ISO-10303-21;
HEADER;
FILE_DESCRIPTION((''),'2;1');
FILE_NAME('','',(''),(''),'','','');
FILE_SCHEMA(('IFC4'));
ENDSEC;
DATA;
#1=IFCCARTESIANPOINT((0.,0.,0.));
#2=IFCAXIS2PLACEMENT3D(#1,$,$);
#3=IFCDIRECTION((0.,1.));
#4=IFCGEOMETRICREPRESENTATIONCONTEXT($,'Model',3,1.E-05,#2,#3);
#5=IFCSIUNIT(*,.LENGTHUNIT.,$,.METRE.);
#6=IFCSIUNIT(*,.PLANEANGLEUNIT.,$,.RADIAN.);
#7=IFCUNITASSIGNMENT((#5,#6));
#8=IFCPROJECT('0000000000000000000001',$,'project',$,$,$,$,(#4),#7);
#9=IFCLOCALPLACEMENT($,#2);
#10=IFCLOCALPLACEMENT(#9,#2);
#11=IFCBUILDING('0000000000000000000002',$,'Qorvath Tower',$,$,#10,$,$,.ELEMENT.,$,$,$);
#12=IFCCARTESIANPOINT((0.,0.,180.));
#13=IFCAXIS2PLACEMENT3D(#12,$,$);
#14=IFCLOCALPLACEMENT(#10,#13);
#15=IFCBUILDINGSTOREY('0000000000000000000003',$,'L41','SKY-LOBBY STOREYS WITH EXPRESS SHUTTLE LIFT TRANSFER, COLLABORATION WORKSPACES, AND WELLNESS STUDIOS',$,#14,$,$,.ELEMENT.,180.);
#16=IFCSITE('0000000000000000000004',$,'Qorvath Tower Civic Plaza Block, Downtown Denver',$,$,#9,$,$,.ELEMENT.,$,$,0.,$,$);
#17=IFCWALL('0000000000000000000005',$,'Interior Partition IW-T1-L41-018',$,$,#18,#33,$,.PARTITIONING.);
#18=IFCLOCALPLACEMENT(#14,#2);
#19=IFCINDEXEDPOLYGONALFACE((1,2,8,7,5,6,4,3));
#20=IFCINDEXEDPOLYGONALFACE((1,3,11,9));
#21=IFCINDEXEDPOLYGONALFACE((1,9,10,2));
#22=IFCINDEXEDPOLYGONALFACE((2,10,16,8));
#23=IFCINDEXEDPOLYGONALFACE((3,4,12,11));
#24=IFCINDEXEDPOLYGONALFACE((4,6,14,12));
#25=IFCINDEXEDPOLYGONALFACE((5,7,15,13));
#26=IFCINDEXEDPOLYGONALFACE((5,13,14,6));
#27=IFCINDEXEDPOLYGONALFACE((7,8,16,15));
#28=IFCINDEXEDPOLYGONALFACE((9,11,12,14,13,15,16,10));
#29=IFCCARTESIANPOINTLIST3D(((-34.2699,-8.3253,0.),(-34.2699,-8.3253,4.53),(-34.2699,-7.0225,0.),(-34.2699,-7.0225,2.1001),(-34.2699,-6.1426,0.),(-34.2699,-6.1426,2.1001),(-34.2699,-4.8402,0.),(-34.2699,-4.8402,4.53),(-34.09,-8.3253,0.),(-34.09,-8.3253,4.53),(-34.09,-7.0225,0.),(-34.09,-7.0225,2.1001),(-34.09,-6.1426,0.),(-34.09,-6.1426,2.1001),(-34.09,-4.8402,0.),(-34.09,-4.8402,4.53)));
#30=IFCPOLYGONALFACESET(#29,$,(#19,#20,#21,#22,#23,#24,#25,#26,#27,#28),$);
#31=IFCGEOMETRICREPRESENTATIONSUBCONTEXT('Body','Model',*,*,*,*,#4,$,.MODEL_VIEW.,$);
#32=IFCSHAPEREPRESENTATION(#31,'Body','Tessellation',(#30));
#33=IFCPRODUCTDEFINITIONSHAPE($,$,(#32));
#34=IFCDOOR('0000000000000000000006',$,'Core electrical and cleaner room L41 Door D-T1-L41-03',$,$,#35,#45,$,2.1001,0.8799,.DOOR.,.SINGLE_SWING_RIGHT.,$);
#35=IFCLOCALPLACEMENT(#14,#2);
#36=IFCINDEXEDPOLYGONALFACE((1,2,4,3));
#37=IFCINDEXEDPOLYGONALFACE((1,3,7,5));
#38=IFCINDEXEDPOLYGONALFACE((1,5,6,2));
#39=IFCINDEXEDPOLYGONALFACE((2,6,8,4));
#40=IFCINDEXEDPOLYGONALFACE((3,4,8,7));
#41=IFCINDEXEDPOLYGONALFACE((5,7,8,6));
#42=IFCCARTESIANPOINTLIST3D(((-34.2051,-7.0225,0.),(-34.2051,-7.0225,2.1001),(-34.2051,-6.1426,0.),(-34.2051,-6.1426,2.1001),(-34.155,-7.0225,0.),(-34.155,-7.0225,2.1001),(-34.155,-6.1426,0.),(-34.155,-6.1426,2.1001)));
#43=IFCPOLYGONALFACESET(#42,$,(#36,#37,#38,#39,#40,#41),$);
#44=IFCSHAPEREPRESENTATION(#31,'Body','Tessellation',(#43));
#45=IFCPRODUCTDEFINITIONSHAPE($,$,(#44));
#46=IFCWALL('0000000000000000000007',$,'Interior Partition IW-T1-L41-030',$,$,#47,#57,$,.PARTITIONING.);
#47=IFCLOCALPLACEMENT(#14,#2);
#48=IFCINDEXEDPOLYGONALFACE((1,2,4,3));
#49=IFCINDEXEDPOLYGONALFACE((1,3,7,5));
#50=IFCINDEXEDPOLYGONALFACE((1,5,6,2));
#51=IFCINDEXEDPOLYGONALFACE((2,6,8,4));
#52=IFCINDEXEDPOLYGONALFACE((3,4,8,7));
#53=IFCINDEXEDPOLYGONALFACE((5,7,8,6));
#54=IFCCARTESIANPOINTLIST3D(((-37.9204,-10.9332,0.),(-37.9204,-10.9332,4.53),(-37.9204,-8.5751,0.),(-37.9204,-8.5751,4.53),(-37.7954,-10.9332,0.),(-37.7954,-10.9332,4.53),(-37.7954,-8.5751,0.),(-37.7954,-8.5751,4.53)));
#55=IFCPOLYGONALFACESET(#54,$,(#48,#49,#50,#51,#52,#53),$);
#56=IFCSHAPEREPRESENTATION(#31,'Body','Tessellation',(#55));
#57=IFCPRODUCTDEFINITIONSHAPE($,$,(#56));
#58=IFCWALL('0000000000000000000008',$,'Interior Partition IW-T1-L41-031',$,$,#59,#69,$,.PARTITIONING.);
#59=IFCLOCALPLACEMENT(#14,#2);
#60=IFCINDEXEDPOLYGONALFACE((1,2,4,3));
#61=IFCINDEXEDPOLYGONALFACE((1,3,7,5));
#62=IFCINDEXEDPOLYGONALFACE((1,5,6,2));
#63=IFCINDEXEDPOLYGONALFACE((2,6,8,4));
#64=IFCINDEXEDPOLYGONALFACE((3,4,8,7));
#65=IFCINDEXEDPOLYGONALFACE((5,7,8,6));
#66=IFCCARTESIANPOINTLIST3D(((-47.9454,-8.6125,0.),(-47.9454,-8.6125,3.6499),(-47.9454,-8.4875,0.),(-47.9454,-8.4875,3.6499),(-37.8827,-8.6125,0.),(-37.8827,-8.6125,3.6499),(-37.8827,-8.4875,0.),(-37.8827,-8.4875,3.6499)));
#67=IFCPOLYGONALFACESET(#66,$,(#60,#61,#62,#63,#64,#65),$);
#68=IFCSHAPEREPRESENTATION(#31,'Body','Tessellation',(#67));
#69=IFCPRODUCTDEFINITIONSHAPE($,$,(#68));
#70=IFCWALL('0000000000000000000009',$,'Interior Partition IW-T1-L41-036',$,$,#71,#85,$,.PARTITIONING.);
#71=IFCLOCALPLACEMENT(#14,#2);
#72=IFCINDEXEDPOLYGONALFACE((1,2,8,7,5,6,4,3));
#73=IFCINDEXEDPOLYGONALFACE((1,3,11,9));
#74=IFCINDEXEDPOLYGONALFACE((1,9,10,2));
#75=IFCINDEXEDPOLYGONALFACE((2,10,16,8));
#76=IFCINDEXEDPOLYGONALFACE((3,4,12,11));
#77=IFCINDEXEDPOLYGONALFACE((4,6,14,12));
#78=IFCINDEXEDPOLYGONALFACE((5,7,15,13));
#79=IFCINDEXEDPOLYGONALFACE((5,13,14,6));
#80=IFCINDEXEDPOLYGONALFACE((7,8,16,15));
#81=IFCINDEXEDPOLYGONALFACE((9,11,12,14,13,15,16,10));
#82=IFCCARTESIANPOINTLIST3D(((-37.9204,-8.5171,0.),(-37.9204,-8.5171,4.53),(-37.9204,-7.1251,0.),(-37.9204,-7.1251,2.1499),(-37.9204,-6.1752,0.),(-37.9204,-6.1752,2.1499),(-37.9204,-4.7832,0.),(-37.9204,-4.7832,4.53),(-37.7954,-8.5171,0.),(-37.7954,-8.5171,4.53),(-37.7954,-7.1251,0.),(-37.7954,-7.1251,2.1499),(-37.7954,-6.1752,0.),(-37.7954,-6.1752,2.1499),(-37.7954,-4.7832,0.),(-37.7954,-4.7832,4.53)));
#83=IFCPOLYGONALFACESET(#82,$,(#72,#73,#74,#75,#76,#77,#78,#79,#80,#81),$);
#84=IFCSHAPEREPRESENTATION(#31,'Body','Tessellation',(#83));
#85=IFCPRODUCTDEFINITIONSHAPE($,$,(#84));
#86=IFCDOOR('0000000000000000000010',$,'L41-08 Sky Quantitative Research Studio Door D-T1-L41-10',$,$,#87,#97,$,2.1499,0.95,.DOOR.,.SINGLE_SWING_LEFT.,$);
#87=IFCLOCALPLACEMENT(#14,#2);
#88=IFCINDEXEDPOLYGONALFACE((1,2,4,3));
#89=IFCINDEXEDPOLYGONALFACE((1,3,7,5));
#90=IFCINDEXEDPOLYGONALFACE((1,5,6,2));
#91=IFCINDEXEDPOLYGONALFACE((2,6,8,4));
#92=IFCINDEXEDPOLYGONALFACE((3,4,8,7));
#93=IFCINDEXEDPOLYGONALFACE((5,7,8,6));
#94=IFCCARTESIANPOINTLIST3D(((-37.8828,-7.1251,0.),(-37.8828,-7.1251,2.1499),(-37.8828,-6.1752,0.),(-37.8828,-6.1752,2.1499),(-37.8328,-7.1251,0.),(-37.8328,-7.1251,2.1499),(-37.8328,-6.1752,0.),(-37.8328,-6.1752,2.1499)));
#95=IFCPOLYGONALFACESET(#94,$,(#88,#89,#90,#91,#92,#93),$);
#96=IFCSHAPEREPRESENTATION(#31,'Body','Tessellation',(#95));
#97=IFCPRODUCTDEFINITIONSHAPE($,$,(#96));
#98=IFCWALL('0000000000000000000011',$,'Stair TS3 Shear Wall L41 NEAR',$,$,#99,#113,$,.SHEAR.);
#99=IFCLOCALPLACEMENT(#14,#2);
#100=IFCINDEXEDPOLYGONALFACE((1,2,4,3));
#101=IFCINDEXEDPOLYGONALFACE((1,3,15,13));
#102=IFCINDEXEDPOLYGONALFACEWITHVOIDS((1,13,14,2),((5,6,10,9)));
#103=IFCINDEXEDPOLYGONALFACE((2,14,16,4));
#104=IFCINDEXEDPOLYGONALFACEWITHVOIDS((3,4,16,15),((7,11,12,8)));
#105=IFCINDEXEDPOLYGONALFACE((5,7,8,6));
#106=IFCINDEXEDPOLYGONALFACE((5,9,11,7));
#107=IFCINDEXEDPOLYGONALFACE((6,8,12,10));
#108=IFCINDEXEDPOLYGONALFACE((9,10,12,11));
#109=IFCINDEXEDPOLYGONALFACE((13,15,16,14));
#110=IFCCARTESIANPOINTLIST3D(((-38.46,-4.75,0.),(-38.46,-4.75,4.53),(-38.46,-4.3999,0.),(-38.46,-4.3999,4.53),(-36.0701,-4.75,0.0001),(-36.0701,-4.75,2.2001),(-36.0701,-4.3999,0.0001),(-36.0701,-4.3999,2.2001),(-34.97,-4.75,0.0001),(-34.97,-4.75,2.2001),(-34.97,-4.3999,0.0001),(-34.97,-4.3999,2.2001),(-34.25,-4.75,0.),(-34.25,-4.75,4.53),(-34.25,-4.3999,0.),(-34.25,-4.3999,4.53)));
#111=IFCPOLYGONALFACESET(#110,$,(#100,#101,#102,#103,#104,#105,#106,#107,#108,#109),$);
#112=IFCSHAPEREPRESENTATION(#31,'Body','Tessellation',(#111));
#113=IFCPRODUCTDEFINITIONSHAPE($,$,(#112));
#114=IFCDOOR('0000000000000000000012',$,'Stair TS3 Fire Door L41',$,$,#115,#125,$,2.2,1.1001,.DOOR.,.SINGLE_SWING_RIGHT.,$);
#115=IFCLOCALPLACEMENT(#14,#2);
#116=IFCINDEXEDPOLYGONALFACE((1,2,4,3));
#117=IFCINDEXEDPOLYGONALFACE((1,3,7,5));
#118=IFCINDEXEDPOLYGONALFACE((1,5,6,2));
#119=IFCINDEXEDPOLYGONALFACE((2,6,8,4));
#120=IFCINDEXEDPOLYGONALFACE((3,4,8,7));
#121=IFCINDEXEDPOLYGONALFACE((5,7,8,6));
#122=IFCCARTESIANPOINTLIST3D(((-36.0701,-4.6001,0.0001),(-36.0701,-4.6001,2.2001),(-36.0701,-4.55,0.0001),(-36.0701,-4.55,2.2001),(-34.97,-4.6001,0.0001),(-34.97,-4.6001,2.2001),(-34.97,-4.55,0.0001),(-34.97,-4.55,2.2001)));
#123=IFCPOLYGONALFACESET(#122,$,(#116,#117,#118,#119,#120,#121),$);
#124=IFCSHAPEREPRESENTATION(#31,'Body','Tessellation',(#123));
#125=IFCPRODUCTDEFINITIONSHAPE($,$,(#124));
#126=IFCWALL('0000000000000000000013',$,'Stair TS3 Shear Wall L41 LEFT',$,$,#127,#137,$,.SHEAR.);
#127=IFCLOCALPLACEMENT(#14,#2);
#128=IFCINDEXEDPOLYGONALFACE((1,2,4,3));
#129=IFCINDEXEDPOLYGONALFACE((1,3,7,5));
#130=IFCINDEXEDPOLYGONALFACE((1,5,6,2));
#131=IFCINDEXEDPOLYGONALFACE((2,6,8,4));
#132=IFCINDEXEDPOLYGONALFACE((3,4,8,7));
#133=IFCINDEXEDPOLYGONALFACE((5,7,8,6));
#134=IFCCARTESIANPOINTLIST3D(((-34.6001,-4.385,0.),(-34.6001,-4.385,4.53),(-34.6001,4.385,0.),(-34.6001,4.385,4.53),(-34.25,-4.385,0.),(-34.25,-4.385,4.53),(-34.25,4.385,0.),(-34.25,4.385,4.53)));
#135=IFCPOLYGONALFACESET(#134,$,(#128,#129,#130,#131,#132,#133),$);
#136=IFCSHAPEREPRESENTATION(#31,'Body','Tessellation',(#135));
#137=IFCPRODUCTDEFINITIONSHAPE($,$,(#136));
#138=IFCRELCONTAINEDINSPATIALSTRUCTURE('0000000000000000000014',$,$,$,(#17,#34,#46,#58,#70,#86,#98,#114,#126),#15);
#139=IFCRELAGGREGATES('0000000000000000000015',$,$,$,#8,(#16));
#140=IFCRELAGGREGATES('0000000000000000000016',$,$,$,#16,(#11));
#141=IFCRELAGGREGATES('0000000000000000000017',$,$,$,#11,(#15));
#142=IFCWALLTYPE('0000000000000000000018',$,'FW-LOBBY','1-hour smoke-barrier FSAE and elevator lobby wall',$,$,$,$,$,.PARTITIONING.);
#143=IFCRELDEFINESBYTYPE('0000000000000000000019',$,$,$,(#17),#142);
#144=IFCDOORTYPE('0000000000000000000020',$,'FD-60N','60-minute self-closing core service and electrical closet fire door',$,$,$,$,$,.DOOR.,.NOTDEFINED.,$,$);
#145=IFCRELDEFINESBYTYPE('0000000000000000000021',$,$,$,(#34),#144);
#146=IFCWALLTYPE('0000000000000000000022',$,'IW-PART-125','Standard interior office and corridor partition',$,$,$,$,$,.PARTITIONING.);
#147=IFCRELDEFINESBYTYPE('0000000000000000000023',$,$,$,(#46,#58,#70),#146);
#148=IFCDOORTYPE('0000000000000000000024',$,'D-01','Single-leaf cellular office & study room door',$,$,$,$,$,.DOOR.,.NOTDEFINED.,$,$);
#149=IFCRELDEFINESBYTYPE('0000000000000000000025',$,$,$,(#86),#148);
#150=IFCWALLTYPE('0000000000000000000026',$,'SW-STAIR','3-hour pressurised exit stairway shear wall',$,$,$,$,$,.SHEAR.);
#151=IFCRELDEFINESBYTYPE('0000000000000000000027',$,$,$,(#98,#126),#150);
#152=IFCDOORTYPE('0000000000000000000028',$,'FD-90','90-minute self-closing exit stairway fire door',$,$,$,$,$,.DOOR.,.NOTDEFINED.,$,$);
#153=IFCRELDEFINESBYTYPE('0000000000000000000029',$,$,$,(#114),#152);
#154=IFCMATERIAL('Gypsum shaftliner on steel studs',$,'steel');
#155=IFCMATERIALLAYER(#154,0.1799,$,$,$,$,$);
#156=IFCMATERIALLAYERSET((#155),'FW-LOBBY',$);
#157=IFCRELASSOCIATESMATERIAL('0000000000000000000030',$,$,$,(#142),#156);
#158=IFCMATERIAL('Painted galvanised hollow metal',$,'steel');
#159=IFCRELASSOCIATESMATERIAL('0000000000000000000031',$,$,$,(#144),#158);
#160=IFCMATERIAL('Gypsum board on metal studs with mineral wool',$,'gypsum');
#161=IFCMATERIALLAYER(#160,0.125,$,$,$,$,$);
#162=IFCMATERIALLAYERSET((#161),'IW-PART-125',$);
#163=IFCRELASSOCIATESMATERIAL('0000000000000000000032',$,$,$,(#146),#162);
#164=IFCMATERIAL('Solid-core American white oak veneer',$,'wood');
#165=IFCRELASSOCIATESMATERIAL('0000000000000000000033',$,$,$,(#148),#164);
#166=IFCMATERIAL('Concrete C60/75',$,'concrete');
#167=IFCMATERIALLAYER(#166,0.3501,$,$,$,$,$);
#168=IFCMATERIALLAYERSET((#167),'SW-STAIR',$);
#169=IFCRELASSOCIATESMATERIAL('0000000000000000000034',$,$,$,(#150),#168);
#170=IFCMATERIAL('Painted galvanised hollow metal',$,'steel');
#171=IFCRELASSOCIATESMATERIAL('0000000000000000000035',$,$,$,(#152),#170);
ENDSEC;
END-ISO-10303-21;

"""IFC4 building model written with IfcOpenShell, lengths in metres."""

from ifc_helpers import new_model, si_unit, direction, frame, frame_2d, origin, place, context, subcontext, project, spatial, rectangle, extrude, material, layer, layer_set, type_object, element, fill, save


model = new_model("IFC4")

# Units and contexts
model_context = context("Model", 3, precision=1e-05, world=origin(), true_north=direction((0.0, 1.0)))
body_context = subcontext(model_context, "Body", "Model", "MODEL_VIEW")
ifc_project = project(units=[si_unit("LENGTHUNIT", "METRE"), si_unit("PLANEANGLEUNIT", "RADIAN")], contexts=[model_context])

# Site, building, storey
site_placement = place(None, origin())
site = spatial("IfcSite", under=ifc_project, at=site_placement, Name="Qorvath Tower Civic Plaza Block, Downtown Denver", CompositionType="ELEMENT", RefElevation=0.0)
building_placement = place(site_placement, origin())
building = spatial("IfcBuilding", under=site, at=building_placement, Name="Qorvath Tower", CompositionType="ELEMENT")
storey_placement = place(building_placement, frame((0.0, 0.0, 180.0)))
storey = spatial("IfcBuildingStorey", under=building, at=storey_placement, Name="L41", Description="SKY-LOBBY STOREYS WITH EXPRESS SHUTTLE LIFT TRANSFER, COLLABORATION WORKSPACES, AND WELLNESS STUDIOS", CompositionType="ELEMENT", Elevation=180.0)

# Shared definitions
ifc_material_1 = material(Name="Gypsum shaftliner on steel studs", Category="steel")
ifc_layer_1 = layer(ifc_material_1, 0.1799)
ifc_layer_set_1 = layer_set([ifc_layer_1], Name="FW-LOBBY")
wall_type_1 = type_object("IfcWallType", Name="FW-LOBBY", Description="1-hour smoke-barrier FSAE and elevator lobby wall", PredefinedType="PARTITIONING", material=ifc_layer_set_1)

# Wall, opening, door
wall_1_placement = place(storey_placement, frame((-34.1799, -4.8401, 0.0), z_axis=(0.0, 0.0, 1.0), x_axis=(0.0, -1.0, 0.0)))
wall_1 = element("IfcWall", 1, at=wall_1_placement, inside=storey, type_object=wall_type_1, Name="Interior Partition IW-T1-L41-018", PredefinedType="PARTITIONING", context=body_context, shape_type="SweptSolid", body=[
    extrude(rectangle(XDim=3.4851, YDim=0.1799, at=frame_2d((1.7427, 0.0))), origin(), (0.0, 0.0, 1.0), 4.53),
])
opening_1_placement = place(wall_1_placement, frame((1.3025, 0.0, 0.0)))
opening_1 = element("IfcOpeningElement", 2, at=opening_1_placement, cuts=wall_1, PredefinedType="OPENING", context=body_context, shape_type="SweptSolid", body=[
    extrude(rectangle(XDim=0.8799, YDim=2.1001, at=frame_2d((0.4399, 1.05))), frame((0.0, 0.1001, 0.0), z_axis=(0.0, -1.0, 0.0), x_axis=(1.0, 0.0, 0.0)), (0.0, 0.0, 1.0), 0.2),
])
ifc_material_2 = material(Name="Painted galvanised hollow metal", Category="steel")
door_type_1 = type_object("IfcDoorType", Name="FD-60N", Description="60-minute self-closing core service and electrical closet fire door", OperationType="NOTDEFINED", PredefinedType="DOOR", material=ifc_material_2)
door_1_placement = place(opening_1_placement, origin())
door_1 = element("IfcDoor", 3, at=door_1_placement, inside=storey, type_object=door_type_1, Name="Core electrical and cleaner room L41 Door D-T1-L41-03", OperationType="SINGLE_SWING_RIGHT", OverallHeight=2.1001, OverallWidth=0.8799, PredefinedType="DOOR", context=body_context, shape_type="SweptSolid", body=[
    extrude(rectangle(XDim=0.8799, YDim=2.1001, at=frame_2d((0.4399, 1.05))), frame((0.0, 0.0249, 0.0), z_axis=(0.0, -1.0, 0.0), x_axis=(1.0, 0.0, 0.0)), (0.0, 0.0, 1.0), 0.05),
])
fill(opening_1, door_1)

# Walls
ifc_material_3 = material(Name="Gypsum board on metal studs with mineral wool", Category="gypsum")
ifc_layer_2 = layer(ifc_material_3, 0.125)
ifc_layer_set_2 = layer_set([ifc_layer_2], Name="IW-PART-125")
wall_type_2 = type_object("IfcWallType", Name="IW-PART-125", Description="Standard interior office and corridor partition", PredefinedType="PARTITIONING", material=ifc_layer_set_2)
wall_2_placement = place(storey_placement, frame((-37.8579, -8.575, 0.0), z_axis=(0.0, 0.0, 1.0), x_axis=(0.0, -1.0, 0.0)))
element("IfcWall", 4, at=wall_2_placement, inside=storey, type_object=wall_type_2, Name="Interior Partition IW-T1-L41-030", PredefinedType="PARTITIONING", context=body_context, shape_type="SweptSolid", body=[
    extrude(rectangle(XDim=2.3582, YDim=0.125, at=frame_2d((1.1792, 0.0))), origin(), (0.0, 0.0, 1.0), 4.53),
])
wall_3_placement = place(storey_placement, frame((-37.8828, -8.55, 0.0), z_axis=(0.0, 0.0, 1.0), x_axis=(-1.0, 0.0, 0.0)))
element("IfcWall", 5, at=wall_3_placement, inside=storey, type_object=wall_type_2, Name="Interior Partition IW-T1-L41-031", PredefinedType="PARTITIONING", context=body_context, shape_type="SweptSolid", body=[
    extrude(rectangle(XDim=10.0627, YDim=0.125, at=frame_2d((5.0312, 0.0))), origin(), (0.0, 0.0, 1.0), 3.6499),
])

# Walls, openings, doors
wall_4_placement = place(storey_placement, frame((-37.8579, -8.5171, 0.0), z_axis=(0.0, 0.0, 1.0), x_axis=(0.0, 1.0, 0.0)))
wall_4 = element("IfcWall", 6, at=wall_4_placement, inside=storey, type_object=wall_type_2, Name="Interior Partition IW-T1-L41-036", PredefinedType="PARTITIONING", context=body_context, shape_type="SweptSolid", body=[
    extrude(rectangle(XDim=3.7339, YDim=0.125, at=frame_2d((1.8669, 0.0))), origin(), (0.0, 0.0, 1.0), 4.53),
])
opening_2_placement = place(wall_4_placement, frame((1.3918, 0.0, 0.0)))
opening_2 = element("IfcOpeningElement", 7, at=opening_2_placement, cuts=wall_4, PredefinedType="OPENING", context=body_context, shape_type="SweptSolid", body=[
    extrude(rectangle(XDim=0.95, YDim=2.1499, at=frame_2d((0.4751, 1.075))), frame((0.0, 0.0725, 0.0), z_axis=(0.0, -1.0, 0.0), x_axis=(1.0, 0.0, 0.0)), (0.0, 0.0, 1.0), 0.145),
])
ifc_material_4 = material(Name="Solid-core American white oak veneer", Category="wood")
door_type_2 = type_object("IfcDoorType", Name="D-01", Description="Single-leaf cellular office & study room door", OperationType="NOTDEFINED", PredefinedType="DOOR", material=ifc_material_4)
door_2_placement = place(opening_2_placement, origin())
door_2 = element("IfcDoor", 8, at=door_2_placement, inside=storey, type_object=door_type_2, Name="L41-08 Sky Quantitative Research Studio Door D-T1-L41-10", OperationType="SINGLE_SWING_LEFT", OverallHeight=2.1499, OverallWidth=0.95, PredefinedType="DOOR", context=body_context, shape_type="SweptSolid", body=[
    extrude(rectangle(XDim=0.95, YDim=2.1499, at=frame_2d((0.4751, 1.075))), frame((0.0, 0.0249, 0.0), z_axis=(0.0, -1.0, 0.0), x_axis=(1.0, 0.0, 0.0)), (0.0, 0.0, 1.0), 0.05),
])
fill(opening_2, door_2)
ifc_material_5 = material(Name="Concrete C60/75", Category="concrete")
ifc_layer_3 = layer(ifc_material_5, 0.3501)
ifc_layer_set_3 = layer_set([ifc_layer_3], Name="SW-STAIR")
wall_type_3 = type_object("IfcWallType", Name="SW-STAIR", Description="3-hour pressurised exit stairway shear wall", PredefinedType="SHEAR", material=ifc_layer_set_3)
wall_5_placement = place(storey_placement, frame((-38.46, -4.575, 0.0), z_axis=(0.0, 0.0, 1.0), x_axis=(1.0, 0.0, 0.0)))
wall_5 = element("IfcWall", 9, at=wall_5_placement, inside=storey, type_object=wall_type_3, Name="Stair TS3 Shear Wall L41 NEAR", PredefinedType="SHEAR", context=body_context, shape_type="SweptSolid", body=[
    extrude(rectangle(XDim=4.21, YDim=0.3501, at=frame_2d((2.105, 0.0))), origin(), (0.0, 0.0, 1.0), 4.53),
])
opening_3_placement = place(wall_5_placement, frame((2.3899, 0.0, 0.0)))
opening_3 = element("IfcOpeningElement", 10, at=opening_3_placement, cuts=wall_5, PredefinedType="OPENING", context=body_context, shape_type="SweptSolid", body=[
    extrude(rectangle(XDim=1.1001, YDim=2.2, at=frame_2d((0.55, 1.1001))), frame((0.0, 0.1851, 0.0), z_axis=(0.0, -1.0, 0.0), x_axis=(1.0, 0.0, 0.0)), (0.0, 0.0, 1.0), 0.3701),
])
ifc_material_6 = material(Name="Painted galvanised hollow metal", Category="steel")
door_type_3 = type_object("IfcDoorType", Name="FD-90", Description="90-minute self-closing exit stairway fire door", OperationType="NOTDEFINED", PredefinedType="DOOR", material=ifc_material_6)
door_3_placement = place(opening_3_placement, origin())
door_3 = element("IfcDoor", 11, at=door_3_placement, inside=storey, type_object=door_type_3, Name="Stair TS3 Fire Door L41", OperationType="SINGLE_SWING_RIGHT", OverallHeight=2.2, OverallWidth=1.1001, PredefinedType="DOOR", context=body_context, shape_type="SweptSolid", body=[
    extrude(rectangle(XDim=1.1001, YDim=2.2, at=frame_2d((0.55, 1.1001))), frame((0.0, 0.0249, 0.0), z_axis=(0.0, -1.0, 0.0), x_axis=(1.0, 0.0, 0.0)), (0.0, 0.0, 1.0), 0.05),
])
fill(opening_3, door_3)

# Wall
wall_6_placement = place(storey_placement, frame((-34.425, -4.385, 0.0), z_axis=(0.0, 0.0, 1.0), x_axis=(0.0, 1.0, 0.0)))
element("IfcWall", 12, at=wall_6_placement, inside=storey, type_object=wall_type_3, Name="Stair TS3 Shear Wall L41 LEFT", PredefinedType="SHEAR", context=body_context, shape_type="SweptSolid", body=[
    extrude(rectangle(XDim=8.77, YDim=0.3501, at=frame_2d((4.385, 0.0))), origin(), (0.0, 0.0, 1.0), 4.53),
])

save(model, "model.ifc")
